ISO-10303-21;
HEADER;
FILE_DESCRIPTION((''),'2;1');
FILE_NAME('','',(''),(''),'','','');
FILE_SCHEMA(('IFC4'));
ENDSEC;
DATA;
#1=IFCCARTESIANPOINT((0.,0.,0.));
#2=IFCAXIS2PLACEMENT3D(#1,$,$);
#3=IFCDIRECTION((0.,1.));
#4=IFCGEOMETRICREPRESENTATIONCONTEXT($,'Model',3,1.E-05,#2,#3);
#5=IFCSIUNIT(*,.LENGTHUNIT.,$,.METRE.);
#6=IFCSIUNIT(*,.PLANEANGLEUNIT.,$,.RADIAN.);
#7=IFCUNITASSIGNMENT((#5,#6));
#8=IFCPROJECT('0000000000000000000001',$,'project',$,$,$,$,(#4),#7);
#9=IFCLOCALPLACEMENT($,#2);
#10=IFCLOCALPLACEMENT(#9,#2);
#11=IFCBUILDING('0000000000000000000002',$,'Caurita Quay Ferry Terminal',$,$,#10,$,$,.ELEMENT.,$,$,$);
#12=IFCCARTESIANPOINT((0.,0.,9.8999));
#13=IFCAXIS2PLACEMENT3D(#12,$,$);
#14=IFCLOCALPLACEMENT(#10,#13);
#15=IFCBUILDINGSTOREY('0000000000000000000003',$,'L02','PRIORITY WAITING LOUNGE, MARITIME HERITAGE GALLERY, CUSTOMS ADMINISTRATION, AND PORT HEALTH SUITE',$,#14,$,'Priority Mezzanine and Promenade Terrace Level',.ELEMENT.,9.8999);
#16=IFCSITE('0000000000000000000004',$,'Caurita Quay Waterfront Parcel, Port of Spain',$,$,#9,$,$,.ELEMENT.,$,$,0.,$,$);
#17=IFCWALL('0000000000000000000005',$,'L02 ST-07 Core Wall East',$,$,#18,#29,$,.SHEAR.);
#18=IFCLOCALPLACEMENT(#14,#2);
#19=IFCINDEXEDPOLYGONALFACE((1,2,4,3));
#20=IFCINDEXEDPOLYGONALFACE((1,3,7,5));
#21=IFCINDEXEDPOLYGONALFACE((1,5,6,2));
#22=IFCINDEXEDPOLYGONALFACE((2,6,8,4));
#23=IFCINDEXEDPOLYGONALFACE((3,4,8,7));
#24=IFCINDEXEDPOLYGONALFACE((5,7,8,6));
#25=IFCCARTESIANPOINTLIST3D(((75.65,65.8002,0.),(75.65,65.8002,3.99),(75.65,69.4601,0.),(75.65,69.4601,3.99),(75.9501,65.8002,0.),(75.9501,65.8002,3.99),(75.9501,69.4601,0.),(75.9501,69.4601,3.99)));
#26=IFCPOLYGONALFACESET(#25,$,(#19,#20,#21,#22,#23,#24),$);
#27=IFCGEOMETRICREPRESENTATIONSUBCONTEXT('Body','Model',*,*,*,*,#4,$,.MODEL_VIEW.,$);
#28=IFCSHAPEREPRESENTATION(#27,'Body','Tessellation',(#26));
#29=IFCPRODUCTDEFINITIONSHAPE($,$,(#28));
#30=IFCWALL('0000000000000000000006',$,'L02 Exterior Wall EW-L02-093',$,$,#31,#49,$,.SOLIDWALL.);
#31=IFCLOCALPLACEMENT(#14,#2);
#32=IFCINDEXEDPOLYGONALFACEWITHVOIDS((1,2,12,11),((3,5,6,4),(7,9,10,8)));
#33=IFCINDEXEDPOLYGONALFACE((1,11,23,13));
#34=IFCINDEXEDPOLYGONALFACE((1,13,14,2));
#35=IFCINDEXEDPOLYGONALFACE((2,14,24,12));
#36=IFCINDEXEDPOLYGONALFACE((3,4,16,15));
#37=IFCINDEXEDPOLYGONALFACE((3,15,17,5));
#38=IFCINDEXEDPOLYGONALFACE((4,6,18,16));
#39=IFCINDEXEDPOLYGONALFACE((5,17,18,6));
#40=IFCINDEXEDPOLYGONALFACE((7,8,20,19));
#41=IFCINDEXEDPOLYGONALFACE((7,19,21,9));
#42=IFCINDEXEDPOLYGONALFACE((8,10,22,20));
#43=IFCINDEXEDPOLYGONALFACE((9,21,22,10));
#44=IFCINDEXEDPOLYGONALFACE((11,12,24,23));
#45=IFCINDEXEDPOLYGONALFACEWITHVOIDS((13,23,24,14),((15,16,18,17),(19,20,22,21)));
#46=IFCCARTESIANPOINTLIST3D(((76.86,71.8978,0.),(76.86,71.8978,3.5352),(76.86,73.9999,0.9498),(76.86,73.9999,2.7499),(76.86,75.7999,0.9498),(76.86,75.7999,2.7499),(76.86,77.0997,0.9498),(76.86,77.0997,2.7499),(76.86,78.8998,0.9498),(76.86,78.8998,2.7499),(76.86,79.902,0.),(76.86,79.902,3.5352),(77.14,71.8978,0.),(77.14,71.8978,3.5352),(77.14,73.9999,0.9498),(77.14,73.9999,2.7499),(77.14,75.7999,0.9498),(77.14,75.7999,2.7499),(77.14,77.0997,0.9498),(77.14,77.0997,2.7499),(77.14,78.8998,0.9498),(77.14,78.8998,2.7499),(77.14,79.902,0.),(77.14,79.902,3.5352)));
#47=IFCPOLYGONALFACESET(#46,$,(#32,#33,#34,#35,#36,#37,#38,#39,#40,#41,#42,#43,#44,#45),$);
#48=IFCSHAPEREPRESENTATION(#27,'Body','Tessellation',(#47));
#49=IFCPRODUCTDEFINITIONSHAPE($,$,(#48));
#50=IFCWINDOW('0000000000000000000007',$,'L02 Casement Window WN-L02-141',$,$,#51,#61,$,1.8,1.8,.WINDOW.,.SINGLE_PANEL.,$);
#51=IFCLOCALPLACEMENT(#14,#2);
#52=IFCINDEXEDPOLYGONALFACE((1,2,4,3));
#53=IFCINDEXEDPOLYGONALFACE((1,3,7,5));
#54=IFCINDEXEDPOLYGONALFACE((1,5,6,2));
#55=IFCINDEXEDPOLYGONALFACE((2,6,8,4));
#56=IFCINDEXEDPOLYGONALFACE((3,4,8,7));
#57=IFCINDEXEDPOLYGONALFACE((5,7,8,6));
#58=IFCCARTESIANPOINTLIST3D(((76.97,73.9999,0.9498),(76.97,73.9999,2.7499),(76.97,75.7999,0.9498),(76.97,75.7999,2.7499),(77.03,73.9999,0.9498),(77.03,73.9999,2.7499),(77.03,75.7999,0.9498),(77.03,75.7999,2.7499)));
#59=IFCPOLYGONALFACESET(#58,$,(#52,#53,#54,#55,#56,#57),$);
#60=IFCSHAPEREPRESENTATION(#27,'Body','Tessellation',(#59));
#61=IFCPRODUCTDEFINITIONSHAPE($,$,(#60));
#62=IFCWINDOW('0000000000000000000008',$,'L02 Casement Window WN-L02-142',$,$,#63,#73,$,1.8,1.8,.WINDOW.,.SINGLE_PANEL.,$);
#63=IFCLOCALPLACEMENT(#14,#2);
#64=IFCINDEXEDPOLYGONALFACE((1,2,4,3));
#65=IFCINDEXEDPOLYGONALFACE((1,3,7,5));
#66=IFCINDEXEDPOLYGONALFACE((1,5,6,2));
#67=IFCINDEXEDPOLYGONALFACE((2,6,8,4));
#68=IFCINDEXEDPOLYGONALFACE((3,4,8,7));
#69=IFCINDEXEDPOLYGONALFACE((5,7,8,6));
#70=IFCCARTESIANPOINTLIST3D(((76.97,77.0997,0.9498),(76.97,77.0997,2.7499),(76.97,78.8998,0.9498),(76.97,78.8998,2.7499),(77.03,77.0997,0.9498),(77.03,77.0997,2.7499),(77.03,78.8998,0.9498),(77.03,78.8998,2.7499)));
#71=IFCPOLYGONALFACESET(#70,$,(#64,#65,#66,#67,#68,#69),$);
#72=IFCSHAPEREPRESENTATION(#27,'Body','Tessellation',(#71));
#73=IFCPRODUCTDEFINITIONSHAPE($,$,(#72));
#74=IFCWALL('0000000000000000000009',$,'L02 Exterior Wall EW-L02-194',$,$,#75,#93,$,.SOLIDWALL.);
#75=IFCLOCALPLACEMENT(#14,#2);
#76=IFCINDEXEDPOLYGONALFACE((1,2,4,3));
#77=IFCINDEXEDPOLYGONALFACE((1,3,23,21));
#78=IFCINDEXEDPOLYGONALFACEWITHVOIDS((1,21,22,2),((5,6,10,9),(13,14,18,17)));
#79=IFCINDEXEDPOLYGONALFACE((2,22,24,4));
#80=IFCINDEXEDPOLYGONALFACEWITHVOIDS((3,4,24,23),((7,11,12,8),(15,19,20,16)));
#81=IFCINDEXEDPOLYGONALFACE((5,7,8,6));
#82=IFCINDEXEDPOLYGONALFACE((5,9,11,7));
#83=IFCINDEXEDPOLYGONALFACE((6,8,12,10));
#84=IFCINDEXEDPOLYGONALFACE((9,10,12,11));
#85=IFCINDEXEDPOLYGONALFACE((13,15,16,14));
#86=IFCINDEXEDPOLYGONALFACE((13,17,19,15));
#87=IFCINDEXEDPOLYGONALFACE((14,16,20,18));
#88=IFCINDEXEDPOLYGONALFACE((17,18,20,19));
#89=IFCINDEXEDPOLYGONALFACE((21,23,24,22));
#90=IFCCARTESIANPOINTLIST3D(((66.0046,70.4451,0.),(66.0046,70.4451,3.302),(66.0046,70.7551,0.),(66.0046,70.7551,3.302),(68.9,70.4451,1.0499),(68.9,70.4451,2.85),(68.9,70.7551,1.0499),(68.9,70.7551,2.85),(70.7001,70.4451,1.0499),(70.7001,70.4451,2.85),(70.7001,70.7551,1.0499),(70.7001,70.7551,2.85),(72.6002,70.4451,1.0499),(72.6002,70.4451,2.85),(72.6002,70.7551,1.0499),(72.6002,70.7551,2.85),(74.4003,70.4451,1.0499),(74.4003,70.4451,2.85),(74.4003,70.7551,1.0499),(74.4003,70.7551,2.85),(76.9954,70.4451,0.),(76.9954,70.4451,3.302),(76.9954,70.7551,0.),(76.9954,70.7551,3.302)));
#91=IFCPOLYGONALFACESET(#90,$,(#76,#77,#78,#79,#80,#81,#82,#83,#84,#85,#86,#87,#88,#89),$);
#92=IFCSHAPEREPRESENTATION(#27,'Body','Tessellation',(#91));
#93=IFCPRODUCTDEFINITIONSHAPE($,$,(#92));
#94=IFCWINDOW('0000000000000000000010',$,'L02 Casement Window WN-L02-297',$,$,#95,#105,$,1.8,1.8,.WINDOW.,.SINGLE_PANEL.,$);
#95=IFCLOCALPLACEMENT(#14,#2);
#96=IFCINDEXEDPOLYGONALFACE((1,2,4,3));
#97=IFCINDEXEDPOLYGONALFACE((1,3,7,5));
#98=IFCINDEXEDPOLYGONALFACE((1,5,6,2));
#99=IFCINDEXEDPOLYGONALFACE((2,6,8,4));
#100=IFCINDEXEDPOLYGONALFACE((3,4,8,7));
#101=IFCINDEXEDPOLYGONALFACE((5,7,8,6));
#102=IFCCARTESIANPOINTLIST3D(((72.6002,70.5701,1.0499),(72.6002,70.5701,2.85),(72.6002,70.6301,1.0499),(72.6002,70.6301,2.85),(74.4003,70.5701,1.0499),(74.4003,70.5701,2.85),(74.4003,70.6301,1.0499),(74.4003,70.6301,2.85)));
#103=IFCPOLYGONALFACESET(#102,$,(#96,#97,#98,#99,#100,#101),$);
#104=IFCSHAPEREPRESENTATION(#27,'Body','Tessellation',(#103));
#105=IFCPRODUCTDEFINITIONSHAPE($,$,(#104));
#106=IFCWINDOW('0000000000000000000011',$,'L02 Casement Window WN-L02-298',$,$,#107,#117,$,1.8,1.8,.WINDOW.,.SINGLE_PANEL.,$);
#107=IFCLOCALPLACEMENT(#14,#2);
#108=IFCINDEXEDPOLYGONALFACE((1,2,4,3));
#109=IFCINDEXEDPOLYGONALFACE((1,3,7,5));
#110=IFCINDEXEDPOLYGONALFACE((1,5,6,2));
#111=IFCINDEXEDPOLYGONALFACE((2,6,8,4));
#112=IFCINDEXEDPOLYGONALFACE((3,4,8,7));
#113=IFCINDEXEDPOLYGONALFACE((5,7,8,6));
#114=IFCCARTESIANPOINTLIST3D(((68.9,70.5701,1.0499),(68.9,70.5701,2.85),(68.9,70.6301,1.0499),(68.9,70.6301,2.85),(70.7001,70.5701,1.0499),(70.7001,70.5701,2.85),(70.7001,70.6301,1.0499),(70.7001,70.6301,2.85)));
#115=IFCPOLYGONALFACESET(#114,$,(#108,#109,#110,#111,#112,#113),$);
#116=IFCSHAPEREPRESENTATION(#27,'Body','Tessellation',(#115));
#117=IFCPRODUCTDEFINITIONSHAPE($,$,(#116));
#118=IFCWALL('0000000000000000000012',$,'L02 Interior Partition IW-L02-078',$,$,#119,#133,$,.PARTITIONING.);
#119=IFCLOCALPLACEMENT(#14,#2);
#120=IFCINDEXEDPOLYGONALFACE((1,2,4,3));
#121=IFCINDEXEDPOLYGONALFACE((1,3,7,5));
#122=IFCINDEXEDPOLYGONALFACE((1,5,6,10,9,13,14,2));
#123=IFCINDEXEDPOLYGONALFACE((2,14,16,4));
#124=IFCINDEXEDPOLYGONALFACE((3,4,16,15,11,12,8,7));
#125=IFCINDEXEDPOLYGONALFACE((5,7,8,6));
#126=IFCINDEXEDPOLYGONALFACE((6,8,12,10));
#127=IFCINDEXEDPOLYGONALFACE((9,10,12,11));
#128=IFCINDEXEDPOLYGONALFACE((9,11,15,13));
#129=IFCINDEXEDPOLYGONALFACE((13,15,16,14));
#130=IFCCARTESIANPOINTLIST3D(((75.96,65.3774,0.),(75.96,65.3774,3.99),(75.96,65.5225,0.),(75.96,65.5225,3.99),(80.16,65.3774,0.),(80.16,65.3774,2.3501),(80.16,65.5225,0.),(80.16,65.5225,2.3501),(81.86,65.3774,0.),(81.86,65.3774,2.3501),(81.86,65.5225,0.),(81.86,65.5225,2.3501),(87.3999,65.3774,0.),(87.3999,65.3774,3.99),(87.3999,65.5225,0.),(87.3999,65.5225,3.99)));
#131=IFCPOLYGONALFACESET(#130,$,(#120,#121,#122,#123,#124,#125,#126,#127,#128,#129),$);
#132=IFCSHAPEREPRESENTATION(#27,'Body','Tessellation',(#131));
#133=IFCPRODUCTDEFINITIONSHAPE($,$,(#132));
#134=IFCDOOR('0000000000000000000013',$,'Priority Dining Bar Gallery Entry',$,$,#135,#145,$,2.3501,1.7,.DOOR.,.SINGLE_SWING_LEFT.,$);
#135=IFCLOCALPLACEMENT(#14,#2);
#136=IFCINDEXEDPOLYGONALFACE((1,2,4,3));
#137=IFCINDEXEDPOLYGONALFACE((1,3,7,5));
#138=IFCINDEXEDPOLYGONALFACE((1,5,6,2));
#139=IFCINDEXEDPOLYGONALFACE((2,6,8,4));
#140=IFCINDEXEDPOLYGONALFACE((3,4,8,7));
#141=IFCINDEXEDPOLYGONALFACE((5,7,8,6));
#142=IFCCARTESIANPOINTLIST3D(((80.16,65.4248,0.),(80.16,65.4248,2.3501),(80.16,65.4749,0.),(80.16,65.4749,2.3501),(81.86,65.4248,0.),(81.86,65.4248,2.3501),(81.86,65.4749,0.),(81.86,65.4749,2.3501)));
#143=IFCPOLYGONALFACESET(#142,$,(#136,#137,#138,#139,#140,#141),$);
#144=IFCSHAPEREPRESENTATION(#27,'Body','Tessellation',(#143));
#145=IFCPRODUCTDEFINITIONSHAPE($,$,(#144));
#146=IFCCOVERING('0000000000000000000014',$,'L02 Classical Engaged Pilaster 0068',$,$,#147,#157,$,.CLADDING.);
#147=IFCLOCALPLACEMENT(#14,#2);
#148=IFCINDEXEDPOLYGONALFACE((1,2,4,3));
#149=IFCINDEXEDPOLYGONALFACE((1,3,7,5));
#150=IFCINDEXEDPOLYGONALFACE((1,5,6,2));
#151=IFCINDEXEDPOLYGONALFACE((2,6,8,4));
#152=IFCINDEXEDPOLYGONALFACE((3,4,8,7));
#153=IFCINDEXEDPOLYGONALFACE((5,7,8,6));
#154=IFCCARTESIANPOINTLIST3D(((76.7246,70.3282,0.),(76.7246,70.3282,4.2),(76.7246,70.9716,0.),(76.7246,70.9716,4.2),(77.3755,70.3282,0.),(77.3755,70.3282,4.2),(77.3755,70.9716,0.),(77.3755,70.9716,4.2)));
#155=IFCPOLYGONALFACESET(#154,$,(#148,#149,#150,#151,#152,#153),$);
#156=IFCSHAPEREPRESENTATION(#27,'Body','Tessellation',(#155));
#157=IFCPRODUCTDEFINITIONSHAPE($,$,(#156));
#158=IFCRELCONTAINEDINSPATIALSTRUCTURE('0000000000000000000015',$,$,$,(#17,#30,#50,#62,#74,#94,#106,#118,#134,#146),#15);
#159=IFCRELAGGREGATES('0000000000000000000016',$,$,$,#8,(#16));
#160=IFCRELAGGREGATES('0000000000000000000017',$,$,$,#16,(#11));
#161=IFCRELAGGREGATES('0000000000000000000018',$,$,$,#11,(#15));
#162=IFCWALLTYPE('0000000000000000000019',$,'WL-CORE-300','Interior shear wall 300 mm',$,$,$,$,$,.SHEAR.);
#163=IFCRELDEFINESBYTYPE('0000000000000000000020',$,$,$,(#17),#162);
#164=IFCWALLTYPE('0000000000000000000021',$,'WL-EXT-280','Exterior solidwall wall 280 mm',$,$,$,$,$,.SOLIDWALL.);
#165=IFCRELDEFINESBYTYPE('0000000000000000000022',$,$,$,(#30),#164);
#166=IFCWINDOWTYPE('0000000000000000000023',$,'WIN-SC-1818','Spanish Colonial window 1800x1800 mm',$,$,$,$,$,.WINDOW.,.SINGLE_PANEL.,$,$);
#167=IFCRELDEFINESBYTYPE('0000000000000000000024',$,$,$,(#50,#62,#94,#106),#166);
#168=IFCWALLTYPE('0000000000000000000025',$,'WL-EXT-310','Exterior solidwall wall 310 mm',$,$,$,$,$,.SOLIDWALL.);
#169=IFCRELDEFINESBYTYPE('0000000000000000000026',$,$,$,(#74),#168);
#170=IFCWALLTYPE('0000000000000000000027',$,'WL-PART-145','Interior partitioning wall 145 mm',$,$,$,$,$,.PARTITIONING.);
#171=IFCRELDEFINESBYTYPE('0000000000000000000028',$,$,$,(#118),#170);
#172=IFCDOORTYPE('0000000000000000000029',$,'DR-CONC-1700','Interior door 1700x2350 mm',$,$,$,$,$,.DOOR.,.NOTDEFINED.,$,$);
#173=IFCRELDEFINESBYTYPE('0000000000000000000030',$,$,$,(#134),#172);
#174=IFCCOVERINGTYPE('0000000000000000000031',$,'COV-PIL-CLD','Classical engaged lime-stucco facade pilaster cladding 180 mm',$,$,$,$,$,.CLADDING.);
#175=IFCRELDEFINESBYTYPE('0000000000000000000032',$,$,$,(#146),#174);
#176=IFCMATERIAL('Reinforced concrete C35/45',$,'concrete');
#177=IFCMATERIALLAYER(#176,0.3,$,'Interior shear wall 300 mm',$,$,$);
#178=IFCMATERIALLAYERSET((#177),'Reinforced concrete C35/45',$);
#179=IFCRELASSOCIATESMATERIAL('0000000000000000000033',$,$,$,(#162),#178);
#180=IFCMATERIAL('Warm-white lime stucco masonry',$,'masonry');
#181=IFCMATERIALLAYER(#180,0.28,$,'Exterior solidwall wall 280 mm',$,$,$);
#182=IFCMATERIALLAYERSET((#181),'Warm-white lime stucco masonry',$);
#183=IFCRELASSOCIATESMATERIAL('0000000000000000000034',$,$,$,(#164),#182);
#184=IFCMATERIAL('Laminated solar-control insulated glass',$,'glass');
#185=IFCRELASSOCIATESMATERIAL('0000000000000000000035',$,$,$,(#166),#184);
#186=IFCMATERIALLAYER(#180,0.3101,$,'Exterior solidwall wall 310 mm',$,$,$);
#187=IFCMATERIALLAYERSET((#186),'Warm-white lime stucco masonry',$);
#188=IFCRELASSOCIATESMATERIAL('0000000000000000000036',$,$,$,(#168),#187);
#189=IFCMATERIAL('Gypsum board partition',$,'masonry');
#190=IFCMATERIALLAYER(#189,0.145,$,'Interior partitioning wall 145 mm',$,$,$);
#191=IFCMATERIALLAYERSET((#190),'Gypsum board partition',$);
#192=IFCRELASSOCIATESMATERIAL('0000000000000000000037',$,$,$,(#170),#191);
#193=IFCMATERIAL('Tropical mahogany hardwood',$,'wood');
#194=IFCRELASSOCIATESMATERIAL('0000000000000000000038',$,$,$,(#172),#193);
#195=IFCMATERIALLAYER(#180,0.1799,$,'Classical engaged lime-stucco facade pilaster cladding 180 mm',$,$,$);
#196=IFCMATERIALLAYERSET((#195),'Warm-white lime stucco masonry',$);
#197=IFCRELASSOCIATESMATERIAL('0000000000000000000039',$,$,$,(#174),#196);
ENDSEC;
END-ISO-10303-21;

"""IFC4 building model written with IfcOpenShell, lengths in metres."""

from ifc_helpers import new_model, si_unit, direction, frame, frame_2d, origin, origin_2d, place, context, subcontext, project, spatial, rectangle, extrude, material, layer, layer_set, type_object, element, fill, save


model = new_model("IFC4")

# Units and contexts
model_context = context("Model", 3, precision=1e-05, world=origin(), true_north=direction((0.0, 1.0)))
body_context = subcontext(model_context, "Body", "Model", "MODEL_VIEW")
ifc_project = project(units=[si_unit("LENGTHUNIT", "METRE"), si_unit("PLANEANGLEUNIT", "RADIAN")], contexts=[model_context])

# Site, building, storey
site_placement = place(None, origin())
site = spatial("IfcSite", under=ifc_project, at=site_placement, Name="Caurita Quay Waterfront Parcel, Port of Spain", CompositionType="ELEMENT", RefElevation=0.0)
building_placement = place(site_placement, origin())
building = spatial("IfcBuilding", under=site, at=building_placement, Name="Caurita Quay Ferry Terminal", CompositionType="ELEMENT")
storey_placement = place(building_placement, frame((0.0, 0.0, 9.8999)))
storey = spatial("IfcBuildingStorey", under=building, at=storey_placement, Name="L02", Description="PRIORITY WAITING LOUNGE, MARITIME HERITAGE GALLERY, CUSTOMS ADMINISTRATION, AND PORT HEALTH SUITE", LongName="Priority Mezzanine and Promenade Terrace Level", CompositionType="ELEMENT", Elevation=9.8999)

# Shared definitions
ifc_material_1 = material(Name="Reinforced concrete C35/45", Category="concrete")

# Wall
ifc_layer_1 = layer(ifc_material_1, 0.3, Name="Interior shear wall 300 mm")
ifc_layer_set_1 = layer_set([ifc_layer_1], Name="Reinforced concrete C35/45")
wall_type_1 = type_object("IfcWallType", Name="WL-CORE-300", Description="Interior shear wall 300 mm", PredefinedType="SHEAR", material=ifc_layer_set_1)
wall_1_placement = place(storey_placement, frame((75.8, 65.8, 0.0), z_axis=(0.0, 0.0, 1.0), x_axis=(0.0, 1.0, 0.0)))
element("IfcWall", 1, at=wall_1_placement, inside=storey, type_object=wall_type_1, Name="L02 ST-07 Core Wall East", PredefinedType="SHEAR", context=body_context, shape_type="SweptSolid", body=[
    extrude(rectangle(XDim=3.6599, YDim=0.3, at=frame_2d((1.8301, 0.0))), origin(), (0.0, 0.0, 1.0), 3.99),
])

# Walls, openings, windows
ifc_material_2 = material(Name="Warm-white lime stucco masonry", Category="masonry")
ifc_layer_2 = layer(ifc_material_2, 0.28, Name="Exterior solidwall wall 280 mm")
ifc_layer_set_2 = layer_set([ifc_layer_2], Name="Warm-white lime stucco masonry")
wall_type_2 = type_object("IfcWallType", Name="WL-EXT-280", Description="Exterior solidwall wall 280 mm", PredefinedType="SOLIDWALL", material=ifc_layer_set_2)
wall_2_placement = place(storey_placement, frame((77.0, 71.8979, 0.0), z_axis=(0.0, 0.0, 1.0), x_axis=(0.0, 1.0, 0.0)))
wall_2 = element("IfcWall", 2, at=wall_2_placement, inside=storey, type_object=wall_type_2, Name="L02 Exterior Wall EW-L02-093", PredefinedType="SOLIDWALL", context=body_context, shape_type="SweptSolid", body=[
    extrude(rectangle(XDim=8.0042, YDim=0.28, at=frame_2d((4.002, 0.0))), origin(), (0.0, 0.0, 1.0), 3.5352),
])
opening_1_placement = place(wall_2_placement, frame((2.1021, 0.0, 0.95)))
opening_1 = element("IfcOpeningElement", 3, at=opening_1_placement, cuts=wall_2, PredefinedType="OPENING", context=body_context, shape_type="SweptSolid", body=[
    extrude(rectangle(XDim=1.8, YDim=1.8, at=frame_2d((0.8999, 0.8999))), frame((0.0, 0.1499, 0.0), z_axis=(0.0, -1.0, 0.0), x_axis=(1.0, 0.0, 0.0)), (0.0, 0.0, 1.0), 0.3),
])
opening_2_placement = place(wall_2_placement, frame((5.2019, 0.0, 0.95)))
opening_2 = element("IfcOpeningElement", 4, at=opening_2_placement, cuts=wall_2, PredefinedType="OPENING", context=body_context, shape_type="SweptSolid", body=[
    extrude(rectangle(XDim=1.8, YDim=1.8, at=frame_2d((0.8999, 0.8999))), frame((0.0, 0.1499, 0.0), z_axis=(0.0, -1.0, 0.0), x_axis=(1.0, 0.0, 0.0)), (0.0, 0.0, 1.0), 0.3),
])
ifc_material_3 = material(Name="Laminated solar-control insulated glass", Category="glass")
window_type = type_object("IfcWindowType", Name="WIN-SC-1818", Description="Spanish Colonial window 1800x1800 mm", PartitioningType="SINGLE_PANEL", PredefinedType="WINDOW", material=ifc_material_3)
window_1_placement = place(opening_1_placement, origin())
window_1 = element("IfcWindow", 5, at=window_1_placement, inside=storey, type_object=window_type, Name="L02 Casement Window WN-L02-141", OverallHeight=1.8, OverallWidth=1.8, PartitioningType="SINGLE_PANEL", PredefinedType="WINDOW", context=body_context, shape_type="SweptSolid", body=[
    extrude(rectangle(XDim=1.8, YDim=1.8, at=frame_2d((0.8999, 0.8999))), frame((0.0, 0.03, 0.0), z_axis=(0.0, -1.0, 0.0), x_axis=(1.0, 0.0, 0.0)), (0.0, 0.0, 1.0), 0.0601),
])
fill(opening_1, window_1)
window_2_placement = place(opening_2_placement, origin())
window_2 = element("IfcWindow", 6, at=window_2_placement, inside=storey, type_object=window_type, Name="L02 Casement Window WN-L02-142", OverallHeight=1.8, OverallWidth=1.8, PartitioningType="SINGLE_PANEL", PredefinedType="WINDOW", context=body_context, shape_type="SweptSolid", body=[
    extrude(rectangle(XDim=1.8, YDim=1.8, at=frame_2d((0.8999, 0.8999))), frame((0.0, 0.03, 0.0), z_axis=(0.0, -1.0, 0.0), x_axis=(1.0, 0.0, 0.0)), (0.0, 0.0, 1.0), 0.0601),
])
fill(opening_2, window_2)
ifc_layer_3 = layer(ifc_material_2, 0.3101, Name="Exterior solidwall wall 310 mm")
ifc_layer_set_3 = layer_set([ifc_layer_3], Name="Warm-white lime stucco masonry")
wall_type_3 = type_object("IfcWallType", Name="WL-EXT-310", Description="Exterior solidwall wall 310 mm", PredefinedType="SOLIDWALL", material=ifc_layer_set_3)
wall_3_placement = place(storey_placement, frame((76.9954, 70.6001, 0.0), z_axis=(0.0, 0.0, 1.0), x_axis=(-1.0, 0.0, 0.0)))
wall_3 = element("IfcWall", 7, at=wall_3_placement, inside=storey, type_object=wall_type_3, Name="L02 Exterior Wall EW-L02-194", PredefinedType="SOLIDWALL", context=body_context, shape_type="SweptSolid", body=[
    extrude(rectangle(XDim=10.9907, YDim=0.3101, at=frame_2d((5.4954, 0.0))), origin(), (0.0, 0.0, 1.0), 3.302),
])
opening_3_placement = place(wall_3_placement, frame((2.5952, 0.0, 1.05)))
opening_3 = element("IfcOpeningElement", 8, at=opening_3_placement, cuts=wall_3, PredefinedType="OPENING", context=body_context, shape_type="SweptSolid", body=[
    extrude(rectangle(XDim=1.8, YDim=1.8, at=frame_2d((0.8999, 0.8999))), frame((0.0, 0.165, 0.0), z_axis=(0.0, -1.0, 0.0), x_axis=(1.0, 0.0, 0.0)), (0.0, 0.0, 1.0), 0.3301),
])
opening_4_placement = place(wall_3_placement, frame((6.2954, 0.0, 1.05)))
opening_4 = element("IfcOpeningElement", 9, at=opening_4_placement, cuts=wall_3, PredefinedType="OPENING", context=body_context, shape_type="SweptSolid", body=[
    extrude(rectangle(XDim=1.8, YDim=1.8, at=frame_2d((0.8999, 0.8999))), frame((0.0, 0.165, 0.0), z_axis=(0.0, -1.0, 0.0), x_axis=(1.0, 0.0, 0.0)), (0.0, 0.0, 1.0), 0.3301),
])
window_3_placement = place(opening_3_placement, origin())
window_3 = element("IfcWindow", 10, at=window_3_placement, inside=storey, type_object=window_type, Name="L02 Casement Window WN-L02-297", OverallHeight=1.8, OverallWidth=1.8, PartitioningType="SINGLE_PANEL", PredefinedType="WINDOW", context=body_context, shape_type="SweptSolid", body=[
    extrude(rectangle(XDim=1.8, YDim=1.8, at=frame_2d((0.8999, 0.8999))), frame((0.0, 0.03, 0.0), z_axis=(0.0, -1.0, 0.0), x_axis=(1.0, 0.0, 0.0)), (0.0, 0.0, 1.0), 0.0601),
])
fill(opening_3, window_3)
window_4_placement = place(opening_4_placement, origin())
window_4 = element("IfcWindow", 11, at=window_4_placement, inside=storey, type_object=window_type, Name="L02 Casement Window WN-L02-298", OverallHeight=1.8, OverallWidth=1.8, PartitioningType="SINGLE_PANEL", PredefinedType="WINDOW", context=body_context, shape_type="SweptSolid", body=[
    extrude(rectangle(XDim=1.8, YDim=1.8, at=frame_2d((0.8999, 0.8999))), frame((0.0, 0.03, 0.0), z_axis=(0.0, -1.0, 0.0), x_axis=(1.0, 0.0, 0.0)), (0.0, 0.0, 1.0), 0.0601),
])
fill(opening_4, window_4)

# Wall, opening, door
ifc_material_4 = material(Name="Gypsum board partition", Category="masonry")
ifc_layer_4 = layer(ifc_material_4, 0.145, Name="Interior partitioning wall 145 mm")
ifc_layer_set_4 = layer_set([ifc_layer_4], Name="Gypsum board partition")
wall_type_4 = type_object("IfcWallType", Name="WL-PART-145", Description="Interior partitioning wall 145 mm", PredefinedType="PARTITIONING", material=ifc_layer_set_4)
wall_4_placement = place(storey_placement, frame((75.96, 65.45, 0.0), z_axis=(0.0, 0.0, 1.0), x_axis=(1.0, 0.0, 0.0)))
wall_4 = element("IfcWall", 12, at=wall_4_placement, inside=storey, type_object=wall_type_4, Name="L02 Interior Partition IW-L02-078", PredefinedType="PARTITIONING", context=body_context, shape_type="SweptSolid", body=[
    extrude(rectangle(XDim=11.4399, YDim=0.145, at=frame_2d((5.72, 0.0))), origin(), (0.0, 0.0, 1.0), 3.99),
])
opening_5_placement = place(wall_4_placement, frame((4.2, 0.0, 0.0)))
opening_5 = element("IfcOpeningElement", 13, at=opening_5_placement, cuts=wall_4, PredefinedType="OPENING", context=body_context, shape_type="SweptSolid", body=[
    extrude(rectangle(XDim=1.7, YDim=2.3501, at=frame_2d((0.8501, 1.175))), frame((0.0, 0.0825, 0.0), z_axis=(0.0, -1.0, 0.0), x_axis=(1.0, 0.0, 0.0)), (0.0, 0.0, 1.0), 0.165),
])
ifc_material_5 = material(Name="Tropical mahogany hardwood", Category="wood")
door_type = type_object("IfcDoorType", Name="DR-CONC-1700", Description="Interior door 1700x2350 mm", OperationType="NOTDEFINED", PredefinedType="DOOR", material=ifc_material_5)
door_placement = place(opening_5_placement, origin())
door = element("IfcDoor", 14, at=door_placement, inside=storey, type_object=door_type, Name="Priority Dining Bar Gallery Entry", OperationType="SINGLE_SWING_LEFT", OverallHeight=2.3501, OverallWidth=1.7, PredefinedType="DOOR", context=body_context, shape_type="SweptSolid", body=[
    extrude(rectangle(XDim=1.7, YDim=2.3501, at=frame_2d((0.8501, 1.175))), frame((0.0, 0.0249, 0.0), z_axis=(0.0, -1.0, 0.0), x_axis=(1.0, 0.0, 0.0)), (0.0, 0.0, 1.0), 0.05),
])
fill(opening_5, door)

# Covering
ifc_layer_5 = layer(ifc_material_2, 0.1799, Name="Classical engaged lime-stucco facade pilaster cladding 180 mm")
ifc_layer_set_5 = layer_set([ifc_layer_5], Name="Warm-white lime stucco masonry")
covering_type_1 = type_object("IfcCoveringType", Name="COV-PIL-CLD", Description="Classical engaged lime-stucco facade pilaster cladding 180 mm", PredefinedType="CLADDING", material=ifc_layer_set_5)
covering_1_placement = place(storey_placement, frame((77.05, 70.6499, 0.0), z_axis=(0.0, 0.0, 1.0), x_axis=(1.0, 0.0, 0.0)))
element("IfcCovering", 15, at=covering_1_placement, inside=storey, type_object=covering_type_1, Name="L02 Classical Engaged Pilaster 0068", PredefinedType="CLADDING", context=body_context, shape_type="SweptSolid", body=[
    extrude(rectangle(XDim=0.6509, YDim=0.6433, at=origin_2d()), origin(), (0.0, 0.0, 1.0), 4.2),
])

save(model, "model.ifc")
